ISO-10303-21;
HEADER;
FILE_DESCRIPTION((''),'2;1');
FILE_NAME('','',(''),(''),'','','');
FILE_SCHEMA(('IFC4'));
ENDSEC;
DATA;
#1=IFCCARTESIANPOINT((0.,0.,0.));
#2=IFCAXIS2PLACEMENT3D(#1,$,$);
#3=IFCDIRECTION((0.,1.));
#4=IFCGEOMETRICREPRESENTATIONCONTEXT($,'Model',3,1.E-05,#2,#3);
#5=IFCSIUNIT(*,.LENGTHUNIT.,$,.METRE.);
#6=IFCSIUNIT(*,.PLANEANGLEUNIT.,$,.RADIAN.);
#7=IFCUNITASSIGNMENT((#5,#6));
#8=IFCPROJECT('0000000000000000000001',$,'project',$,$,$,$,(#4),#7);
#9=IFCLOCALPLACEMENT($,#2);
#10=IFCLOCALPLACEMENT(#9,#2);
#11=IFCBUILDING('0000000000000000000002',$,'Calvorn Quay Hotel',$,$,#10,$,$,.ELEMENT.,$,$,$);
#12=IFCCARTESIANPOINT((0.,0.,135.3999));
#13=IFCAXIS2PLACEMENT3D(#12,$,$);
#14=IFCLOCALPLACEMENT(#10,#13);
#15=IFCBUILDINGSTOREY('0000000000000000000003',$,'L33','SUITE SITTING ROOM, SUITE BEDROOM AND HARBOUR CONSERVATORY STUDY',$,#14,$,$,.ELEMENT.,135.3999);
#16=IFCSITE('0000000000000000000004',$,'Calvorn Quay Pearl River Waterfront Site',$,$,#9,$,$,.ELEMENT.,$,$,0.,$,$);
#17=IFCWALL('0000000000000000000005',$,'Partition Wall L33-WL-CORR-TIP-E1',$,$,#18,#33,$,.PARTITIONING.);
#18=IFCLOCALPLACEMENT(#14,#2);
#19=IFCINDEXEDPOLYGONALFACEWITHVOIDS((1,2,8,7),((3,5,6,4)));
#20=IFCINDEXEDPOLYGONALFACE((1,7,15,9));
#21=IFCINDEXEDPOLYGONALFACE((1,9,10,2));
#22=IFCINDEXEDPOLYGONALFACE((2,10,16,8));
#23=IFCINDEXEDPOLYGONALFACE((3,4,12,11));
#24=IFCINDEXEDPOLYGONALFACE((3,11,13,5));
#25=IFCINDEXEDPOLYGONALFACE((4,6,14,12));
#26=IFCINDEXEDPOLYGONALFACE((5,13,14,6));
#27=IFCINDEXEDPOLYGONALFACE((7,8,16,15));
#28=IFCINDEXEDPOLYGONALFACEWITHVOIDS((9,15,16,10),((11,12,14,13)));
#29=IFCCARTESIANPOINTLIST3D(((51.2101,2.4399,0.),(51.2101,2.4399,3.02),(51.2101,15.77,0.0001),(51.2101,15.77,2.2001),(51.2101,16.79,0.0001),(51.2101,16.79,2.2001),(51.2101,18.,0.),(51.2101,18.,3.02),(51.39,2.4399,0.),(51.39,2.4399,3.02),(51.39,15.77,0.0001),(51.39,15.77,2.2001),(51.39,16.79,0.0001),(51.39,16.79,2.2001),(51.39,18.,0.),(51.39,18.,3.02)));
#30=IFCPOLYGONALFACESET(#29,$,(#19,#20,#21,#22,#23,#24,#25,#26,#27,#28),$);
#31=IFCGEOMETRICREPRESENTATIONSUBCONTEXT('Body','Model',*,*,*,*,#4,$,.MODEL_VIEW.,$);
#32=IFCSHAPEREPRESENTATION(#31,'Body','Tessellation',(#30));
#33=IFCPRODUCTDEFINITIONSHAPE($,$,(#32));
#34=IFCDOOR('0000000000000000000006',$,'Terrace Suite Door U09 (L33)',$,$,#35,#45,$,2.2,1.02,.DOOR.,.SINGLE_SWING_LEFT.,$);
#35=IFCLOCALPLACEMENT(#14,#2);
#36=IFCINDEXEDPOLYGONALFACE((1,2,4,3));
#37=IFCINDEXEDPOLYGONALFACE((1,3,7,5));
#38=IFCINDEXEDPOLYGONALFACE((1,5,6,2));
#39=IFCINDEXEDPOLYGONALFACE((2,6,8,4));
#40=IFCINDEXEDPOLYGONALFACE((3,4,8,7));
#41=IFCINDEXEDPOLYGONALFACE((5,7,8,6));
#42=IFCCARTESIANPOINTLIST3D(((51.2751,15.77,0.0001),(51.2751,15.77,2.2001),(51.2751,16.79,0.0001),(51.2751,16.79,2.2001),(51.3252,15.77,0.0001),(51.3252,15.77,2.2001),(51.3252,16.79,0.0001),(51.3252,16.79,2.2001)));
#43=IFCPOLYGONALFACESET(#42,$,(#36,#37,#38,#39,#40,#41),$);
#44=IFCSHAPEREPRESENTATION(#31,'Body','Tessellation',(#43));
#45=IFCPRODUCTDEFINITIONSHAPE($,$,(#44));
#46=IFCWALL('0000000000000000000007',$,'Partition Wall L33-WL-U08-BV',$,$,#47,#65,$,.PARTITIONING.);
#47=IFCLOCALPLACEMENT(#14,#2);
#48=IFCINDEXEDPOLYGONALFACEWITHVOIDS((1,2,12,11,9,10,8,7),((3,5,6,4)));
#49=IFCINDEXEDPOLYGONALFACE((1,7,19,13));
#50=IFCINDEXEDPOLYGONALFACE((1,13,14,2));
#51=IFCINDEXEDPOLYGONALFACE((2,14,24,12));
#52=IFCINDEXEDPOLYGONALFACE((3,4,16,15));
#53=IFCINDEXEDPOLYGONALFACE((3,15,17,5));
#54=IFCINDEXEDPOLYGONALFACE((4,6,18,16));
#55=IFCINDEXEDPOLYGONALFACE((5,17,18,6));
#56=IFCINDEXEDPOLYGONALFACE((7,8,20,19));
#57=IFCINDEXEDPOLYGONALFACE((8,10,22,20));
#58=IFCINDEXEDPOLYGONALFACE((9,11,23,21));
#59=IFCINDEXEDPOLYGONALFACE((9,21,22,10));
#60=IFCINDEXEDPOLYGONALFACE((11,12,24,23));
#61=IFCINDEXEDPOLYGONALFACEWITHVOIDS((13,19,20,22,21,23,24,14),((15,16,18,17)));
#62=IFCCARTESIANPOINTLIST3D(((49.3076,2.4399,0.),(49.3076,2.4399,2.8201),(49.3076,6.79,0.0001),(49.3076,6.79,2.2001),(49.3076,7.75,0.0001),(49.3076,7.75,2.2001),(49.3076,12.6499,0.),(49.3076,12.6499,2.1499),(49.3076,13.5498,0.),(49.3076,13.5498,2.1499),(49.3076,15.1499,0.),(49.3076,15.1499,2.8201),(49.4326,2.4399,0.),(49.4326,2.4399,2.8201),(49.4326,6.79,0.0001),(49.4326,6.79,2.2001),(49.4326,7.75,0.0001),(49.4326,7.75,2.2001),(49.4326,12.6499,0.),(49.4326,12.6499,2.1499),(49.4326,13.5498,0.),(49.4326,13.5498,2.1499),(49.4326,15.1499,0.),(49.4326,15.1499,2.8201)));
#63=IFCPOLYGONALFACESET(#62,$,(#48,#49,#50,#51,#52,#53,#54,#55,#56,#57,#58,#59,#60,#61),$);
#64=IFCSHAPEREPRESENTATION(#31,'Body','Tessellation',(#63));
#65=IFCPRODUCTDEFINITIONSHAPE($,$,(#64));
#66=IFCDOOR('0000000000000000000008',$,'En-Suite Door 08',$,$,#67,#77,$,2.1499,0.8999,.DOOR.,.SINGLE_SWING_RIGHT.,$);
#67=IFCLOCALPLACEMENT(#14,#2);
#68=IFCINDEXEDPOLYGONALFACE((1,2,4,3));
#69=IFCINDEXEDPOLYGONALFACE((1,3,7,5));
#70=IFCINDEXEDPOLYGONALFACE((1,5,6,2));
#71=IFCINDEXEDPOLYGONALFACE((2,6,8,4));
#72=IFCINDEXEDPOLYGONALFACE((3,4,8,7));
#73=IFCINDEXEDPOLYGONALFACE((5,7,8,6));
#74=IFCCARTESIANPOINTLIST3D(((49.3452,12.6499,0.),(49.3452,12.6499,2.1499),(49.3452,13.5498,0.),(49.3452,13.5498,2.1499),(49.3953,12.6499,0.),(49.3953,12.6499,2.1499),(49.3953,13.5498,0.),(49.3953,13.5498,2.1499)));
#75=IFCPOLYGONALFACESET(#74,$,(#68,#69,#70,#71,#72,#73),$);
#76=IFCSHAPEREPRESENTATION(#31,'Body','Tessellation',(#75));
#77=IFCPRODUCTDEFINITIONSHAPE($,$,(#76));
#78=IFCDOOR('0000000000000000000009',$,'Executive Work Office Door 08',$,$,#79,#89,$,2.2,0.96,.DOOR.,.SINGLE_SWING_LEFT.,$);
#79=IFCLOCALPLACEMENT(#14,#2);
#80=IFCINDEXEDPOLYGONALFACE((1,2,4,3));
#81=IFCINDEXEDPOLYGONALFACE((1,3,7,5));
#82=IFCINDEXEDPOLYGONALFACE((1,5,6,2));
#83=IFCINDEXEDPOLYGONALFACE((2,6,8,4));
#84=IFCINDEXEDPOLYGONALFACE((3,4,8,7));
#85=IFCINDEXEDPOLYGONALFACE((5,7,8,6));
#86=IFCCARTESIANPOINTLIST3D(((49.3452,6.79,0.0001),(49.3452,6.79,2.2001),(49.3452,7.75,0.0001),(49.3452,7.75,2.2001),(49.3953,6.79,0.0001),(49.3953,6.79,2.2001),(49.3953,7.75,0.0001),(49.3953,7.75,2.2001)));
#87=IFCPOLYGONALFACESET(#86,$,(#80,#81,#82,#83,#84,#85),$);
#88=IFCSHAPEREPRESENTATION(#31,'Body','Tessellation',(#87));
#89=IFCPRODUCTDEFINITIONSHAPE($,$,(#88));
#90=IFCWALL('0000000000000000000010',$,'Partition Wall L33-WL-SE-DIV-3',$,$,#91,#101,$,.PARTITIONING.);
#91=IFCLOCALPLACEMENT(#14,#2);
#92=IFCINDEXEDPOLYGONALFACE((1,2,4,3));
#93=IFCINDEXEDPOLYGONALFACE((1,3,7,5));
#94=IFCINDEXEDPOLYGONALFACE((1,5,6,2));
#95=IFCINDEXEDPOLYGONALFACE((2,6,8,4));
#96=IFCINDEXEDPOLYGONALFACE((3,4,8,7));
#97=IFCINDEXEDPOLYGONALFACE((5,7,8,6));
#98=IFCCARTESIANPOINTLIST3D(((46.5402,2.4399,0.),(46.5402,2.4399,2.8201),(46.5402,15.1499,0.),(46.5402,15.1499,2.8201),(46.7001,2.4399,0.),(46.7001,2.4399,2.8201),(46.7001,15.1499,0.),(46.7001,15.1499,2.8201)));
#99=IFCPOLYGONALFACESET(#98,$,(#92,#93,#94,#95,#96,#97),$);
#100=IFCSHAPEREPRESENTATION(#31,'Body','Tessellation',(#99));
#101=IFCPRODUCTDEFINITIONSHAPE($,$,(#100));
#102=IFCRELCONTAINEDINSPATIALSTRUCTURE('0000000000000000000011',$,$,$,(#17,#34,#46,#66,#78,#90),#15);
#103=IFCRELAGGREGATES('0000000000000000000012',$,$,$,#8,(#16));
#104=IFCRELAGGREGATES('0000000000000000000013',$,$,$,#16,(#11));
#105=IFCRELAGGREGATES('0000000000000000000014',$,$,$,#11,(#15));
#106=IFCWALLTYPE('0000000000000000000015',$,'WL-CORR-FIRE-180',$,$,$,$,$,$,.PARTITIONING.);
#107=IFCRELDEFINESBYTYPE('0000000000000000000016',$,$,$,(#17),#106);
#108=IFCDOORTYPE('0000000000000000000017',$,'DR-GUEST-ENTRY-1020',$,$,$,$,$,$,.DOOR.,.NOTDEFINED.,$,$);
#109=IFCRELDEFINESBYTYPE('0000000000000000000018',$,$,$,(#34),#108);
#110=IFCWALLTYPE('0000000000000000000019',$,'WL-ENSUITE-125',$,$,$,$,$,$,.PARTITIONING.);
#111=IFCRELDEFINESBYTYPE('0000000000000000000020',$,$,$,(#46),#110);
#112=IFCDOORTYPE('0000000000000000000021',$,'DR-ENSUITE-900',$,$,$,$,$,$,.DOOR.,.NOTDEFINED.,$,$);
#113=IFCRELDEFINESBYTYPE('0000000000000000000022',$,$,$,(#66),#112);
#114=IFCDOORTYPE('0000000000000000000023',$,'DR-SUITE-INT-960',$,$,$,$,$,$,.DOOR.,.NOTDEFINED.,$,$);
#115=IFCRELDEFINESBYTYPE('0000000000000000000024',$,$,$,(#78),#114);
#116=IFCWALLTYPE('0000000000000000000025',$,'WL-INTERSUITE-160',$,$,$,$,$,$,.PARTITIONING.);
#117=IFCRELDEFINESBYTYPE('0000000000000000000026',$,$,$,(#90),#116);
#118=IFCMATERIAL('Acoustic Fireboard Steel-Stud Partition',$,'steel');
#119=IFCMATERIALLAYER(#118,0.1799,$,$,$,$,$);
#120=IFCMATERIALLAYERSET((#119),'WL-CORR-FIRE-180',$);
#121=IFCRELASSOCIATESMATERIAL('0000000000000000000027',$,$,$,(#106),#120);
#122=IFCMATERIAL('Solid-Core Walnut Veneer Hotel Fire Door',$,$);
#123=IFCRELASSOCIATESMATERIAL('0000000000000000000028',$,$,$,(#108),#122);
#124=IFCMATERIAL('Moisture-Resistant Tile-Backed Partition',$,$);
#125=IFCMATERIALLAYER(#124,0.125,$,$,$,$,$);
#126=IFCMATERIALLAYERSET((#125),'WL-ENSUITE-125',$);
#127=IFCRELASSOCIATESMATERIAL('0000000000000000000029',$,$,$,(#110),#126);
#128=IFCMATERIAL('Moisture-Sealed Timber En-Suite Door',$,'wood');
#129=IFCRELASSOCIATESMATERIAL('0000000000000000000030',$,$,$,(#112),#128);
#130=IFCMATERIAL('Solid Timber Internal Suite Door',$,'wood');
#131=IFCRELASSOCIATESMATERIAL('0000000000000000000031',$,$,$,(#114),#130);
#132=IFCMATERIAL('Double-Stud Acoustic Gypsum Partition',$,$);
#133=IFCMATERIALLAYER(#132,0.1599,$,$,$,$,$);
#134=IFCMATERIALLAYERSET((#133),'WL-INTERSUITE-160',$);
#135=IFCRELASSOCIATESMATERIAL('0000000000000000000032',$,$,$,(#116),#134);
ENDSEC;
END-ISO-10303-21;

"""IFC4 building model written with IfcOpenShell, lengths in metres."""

from ifc_helpers import new_model, si_unit, direction, frame, frame_2d, origin, place, context, subcontext, project, spatial, rectangle, extrude, material, layer, layer_set, type_object, element, fill, save


model = new_model("IFC4")

# Units and contexts
model_context = context("Model", 3, precision=1e-05, world=origin(), true_north=direction((0.0, 1.0)))
body_context = subcontext(model_context, "Body", "Model", "MODEL_VIEW")
ifc_project = project(units=[si_unit("LENGTHUNIT", "METRE"), si_unit("PLANEANGLEUNIT", "RADIAN")], contexts=[model_context])

# Site, building, storey
site_placement = place(None, origin())
site = spatial("IfcSite", under=ifc_project, at=site_placement, Name="Calvorn Quay Pearl River Waterfront Site", CompositionType="ELEMENT", RefElevation=0.0)
building_placement = place(site_placement, origin())
building = spatial("IfcBuilding", under=site, at=building_placement, Name="Calvorn Quay Hotel", CompositionType="ELEMENT")
storey_placement = place(building_placement, frame((0.0, 0.0, 135.3999)))
storey = spatial("IfcBuildingStorey", under=building, at=storey_placement, Name="L33", Description="SUITE SITTING ROOM, SUITE BEDROOM AND HARBOUR CONSERVATORY STUDY", CompositionType="ELEMENT", Elevation=135.3999)

# Wall, opening, door
ifc_material_1 = material(Name="Acoustic Fireboard Steel-Stud Partition", Category="steel")
ifc_layer_1 = layer(ifc_material_1, 0.1799)
ifc_layer_set_1 = layer_set([ifc_layer_1], Name="WL-CORR-FIRE-180")
wall_type_1 = type_object("IfcWallType", Name="WL-CORR-FIRE-180", PredefinedType="PARTITIONING", material=ifc_layer_set_1)
wall_1_placement = place(storey_placement, frame((51.3, 2.4399, 0.0), z_axis=(0.0, 0.0, 1.0), x_axis=(0.0, 1.0, 0.0)))
wall_1 = element("IfcWall", 1, at=wall_1_placement, inside=storey, type_object=wall_type_1, Name="Partition Wall L33-WL-CORR-TIP-E1", PredefinedType="PARTITIONING", context=body_context, shape_type="SweptSolid", body=[
    extrude(rectangle(XDim=15.5601, YDim=0.1799, at=frame_2d((7.78, 0.0))), origin(), (0.0, 0.0, 1.0), 3.02),
])
opening_1_placement = place(wall_1_placement, frame((13.3301, 0.0, 0.0)))
opening_1 = element("IfcOpeningElement", 2, at=opening_1_placement, cuts=wall_1, PredefinedType="OPENING", context=body_context, shape_type="SweptSolid", body=[
    extrude(rectangle(XDim=1.02, YDim=2.2, at=frame_2d((0.51, 1.1001))), frame((0.0, 0.0999, 0.0), z_axis=(0.0, -1.0, 0.0), x_axis=(1.0, 0.0, 0.0)), (0.0, 0.0, 1.0), 0.2),
])
ifc_material_2 = material(Name="Solid-Core Walnut Veneer Hotel Fire Door")
door_type_1 = type_object("IfcDoorType", Name="DR-GUEST-ENTRY-1020", OperationType="NOTDEFINED", PredefinedType="DOOR", material=ifc_material_2)
door_1_placement = place(opening_1_placement, origin())
door_1 = element("IfcDoor", 3, at=door_1_placement, inside=storey, type_object=door_type_1, Name="Terrace Suite Door U09 (L33)", OperationType="SINGLE_SWING_LEFT", OverallHeight=2.2, OverallWidth=1.02, PredefinedType="DOOR", context=body_context, shape_type="SweptSolid", body=[
    extrude(rectangle(XDim=1.02, YDim=2.2, at=frame_2d((0.51, 1.1001))), frame((0.0, 0.0249, 0.0), z_axis=(0.0, -1.0, 0.0), x_axis=(1.0, 0.0, 0.0)), (0.0, 0.0, 1.0), 0.05),
])
fill(opening_1, door_1)

# Wall, openings, doors
ifc_material_3 = material(Name="Moisture-Resistant Tile-Backed Partition")
ifc_layer_2 = layer(ifc_material_3, 0.125)
ifc_layer_set_2 = layer_set([ifc_layer_2], Name="WL-ENSUITE-125")
wall_type_2 = type_object("IfcWallType", Name="WL-ENSUITE-125", PredefinedType="PARTITIONING", material=ifc_layer_set_2)
wall_2_placement = place(storey_placement, frame((49.3701, 2.4399, 0.0), z_axis=(0.0, 0.0, 1.0), x_axis=(0.0, 1.0, 0.0)))
wall_2 = element("IfcWall", 4, at=wall_2_placement, inside=storey, type_object=wall_type_2, Name="Partition Wall L33-WL-U08-BV", PredefinedType="PARTITIONING", context=body_context, shape_type="SweptSolid", body=[
    extrude(rectangle(XDim=12.71, YDim=0.125, at=frame_2d((6.355, 0.0))), origin(), (0.0, 0.0, 1.0), 2.8201),
])
opening_2_placement = place(wall_2_placement, frame((4.3501, 0.0, 0.0)))
opening_2 = element("IfcOpeningElement", 5, at=opening_2_placement, cuts=wall_2, PredefinedType="OPENING", context=body_context, shape_type="SweptSolid", body=[
    extrude(rectangle(XDim=0.96, YDim=2.2, at=frame_2d((0.48, 1.1001))), frame((0.0, 0.0725, 0.0), z_axis=(0.0, -1.0, 0.0), x_axis=(1.0, 0.0, 0.0)), (0.0, 0.0, 1.0), 0.145),
])
opening_3_placement = place(wall_2_placement, frame((10.21, 0.0, 0.0)))
opening_3 = element("IfcOpeningElement", 6, at=opening_3_placement, cuts=wall_2, PredefinedType="OPENING", context=body_context, shape_type="SweptSolid", body=[
    extrude(rectangle(XDim=0.8999, YDim=2.1499, at=frame_2d((0.45, 1.075))), frame((0.0, 0.0725, 0.0), z_axis=(0.0, -1.0, 0.0), x_axis=(1.0, 0.0, 0.0)), (0.0, 0.0, 1.0), 0.145),
])
ifc_material_4 = material(Name="Moisture-Sealed Timber En-Suite Door", Category="wood")
door_type_2 = type_object("IfcDoorType", Name="DR-ENSUITE-900", OperationType="NOTDEFINED", PredefinedType="DOOR", material=ifc_material_4)
door_2_placement = place(opening_3_placement, origin())
door_2 = element("IfcDoor", 7, at=door_2_placement, inside=storey, type_object=door_type_2, Name="En-Suite Door 08", OperationType="SINGLE_SWING_RIGHT", OverallHeight=2.1499, OverallWidth=0.8999, PredefinedType="DOOR", context=body_context, shape_type="SweptSolid", body=[
    extrude(rectangle(XDim=0.8999, YDim=2.1499, at=frame_2d((0.45, 1.075))), frame((0.0, 0.0249, 0.0), z_axis=(0.0, -1.0, 0.0), x_axis=(1.0, 0.0, 0.0)), (0.0, 0.0, 1.0), 0.05),
])
fill(opening_3, door_2)
ifc_material_5 = material(Name="Solid Timber Internal Suite Door", Category="wood")
door_type_3 = type_object("IfcDoorType", Name="DR-SUITE-INT-960", OperationType="NOTDEFINED", PredefinedType="DOOR", material=ifc_material_5)
door_3_placement = place(opening_2_placement, origin())
door_3 = element("IfcDoor", 8, at=door_3_placement, inside=storey, type_object=door_type_3, Name="Executive Work Office Door 08", OperationType="SINGLE_SWING_LEFT", OverallHeight=2.2, OverallWidth=0.96, PredefinedType="DOOR", context=body_context, shape_type="SweptSolid", body=[
    extrude(rectangle(XDim=0.96, YDim=2.2, at=frame_2d((0.48, 1.1001))), frame((0.0, 0.0249, 0.0), z_axis=(0.0, -1.0, 0.0), x_axis=(1.0, 0.0, 0.0)), (0.0, 0.0, 1.0), 0.05),
])
fill(opening_2, door_3)

# Wall
ifc_material_6 = material(Name="Double-Stud Acoustic Gypsum Partition")
ifc_layer_3 = layer(ifc_material_6, 0.1599)
ifc_layer_set_3 = layer_set([ifc_layer_3], Name="WL-INTERSUITE-160")
wall_type_3 = type_object("IfcWallType", Name="WL-INTERSUITE-160", PredefinedType="PARTITIONING", material=ifc_layer_set_3)
wall_3_placement = place(storey_placement, frame((46.6201, 2.4399, 0.0), z_axis=(0.0, 0.0, 1.0), x_axis=(0.0, 1.0, 0.0)))
element("IfcWall", 9, at=wall_3_placement, inside=storey, type_object=wall_type_3, Name="Partition Wall L33-WL-SE-DIV-3", PredefinedType="PARTITIONING", context=body_context, shape_type="SweptSolid", body=[
    extrude(rectangle(XDim=12.71, YDim=0.1599, at=frame_2d((6.355, 0.0))), origin(), (0.0, 0.0, 1.0), 2.8201),
])

save(model, "model.ifc")
